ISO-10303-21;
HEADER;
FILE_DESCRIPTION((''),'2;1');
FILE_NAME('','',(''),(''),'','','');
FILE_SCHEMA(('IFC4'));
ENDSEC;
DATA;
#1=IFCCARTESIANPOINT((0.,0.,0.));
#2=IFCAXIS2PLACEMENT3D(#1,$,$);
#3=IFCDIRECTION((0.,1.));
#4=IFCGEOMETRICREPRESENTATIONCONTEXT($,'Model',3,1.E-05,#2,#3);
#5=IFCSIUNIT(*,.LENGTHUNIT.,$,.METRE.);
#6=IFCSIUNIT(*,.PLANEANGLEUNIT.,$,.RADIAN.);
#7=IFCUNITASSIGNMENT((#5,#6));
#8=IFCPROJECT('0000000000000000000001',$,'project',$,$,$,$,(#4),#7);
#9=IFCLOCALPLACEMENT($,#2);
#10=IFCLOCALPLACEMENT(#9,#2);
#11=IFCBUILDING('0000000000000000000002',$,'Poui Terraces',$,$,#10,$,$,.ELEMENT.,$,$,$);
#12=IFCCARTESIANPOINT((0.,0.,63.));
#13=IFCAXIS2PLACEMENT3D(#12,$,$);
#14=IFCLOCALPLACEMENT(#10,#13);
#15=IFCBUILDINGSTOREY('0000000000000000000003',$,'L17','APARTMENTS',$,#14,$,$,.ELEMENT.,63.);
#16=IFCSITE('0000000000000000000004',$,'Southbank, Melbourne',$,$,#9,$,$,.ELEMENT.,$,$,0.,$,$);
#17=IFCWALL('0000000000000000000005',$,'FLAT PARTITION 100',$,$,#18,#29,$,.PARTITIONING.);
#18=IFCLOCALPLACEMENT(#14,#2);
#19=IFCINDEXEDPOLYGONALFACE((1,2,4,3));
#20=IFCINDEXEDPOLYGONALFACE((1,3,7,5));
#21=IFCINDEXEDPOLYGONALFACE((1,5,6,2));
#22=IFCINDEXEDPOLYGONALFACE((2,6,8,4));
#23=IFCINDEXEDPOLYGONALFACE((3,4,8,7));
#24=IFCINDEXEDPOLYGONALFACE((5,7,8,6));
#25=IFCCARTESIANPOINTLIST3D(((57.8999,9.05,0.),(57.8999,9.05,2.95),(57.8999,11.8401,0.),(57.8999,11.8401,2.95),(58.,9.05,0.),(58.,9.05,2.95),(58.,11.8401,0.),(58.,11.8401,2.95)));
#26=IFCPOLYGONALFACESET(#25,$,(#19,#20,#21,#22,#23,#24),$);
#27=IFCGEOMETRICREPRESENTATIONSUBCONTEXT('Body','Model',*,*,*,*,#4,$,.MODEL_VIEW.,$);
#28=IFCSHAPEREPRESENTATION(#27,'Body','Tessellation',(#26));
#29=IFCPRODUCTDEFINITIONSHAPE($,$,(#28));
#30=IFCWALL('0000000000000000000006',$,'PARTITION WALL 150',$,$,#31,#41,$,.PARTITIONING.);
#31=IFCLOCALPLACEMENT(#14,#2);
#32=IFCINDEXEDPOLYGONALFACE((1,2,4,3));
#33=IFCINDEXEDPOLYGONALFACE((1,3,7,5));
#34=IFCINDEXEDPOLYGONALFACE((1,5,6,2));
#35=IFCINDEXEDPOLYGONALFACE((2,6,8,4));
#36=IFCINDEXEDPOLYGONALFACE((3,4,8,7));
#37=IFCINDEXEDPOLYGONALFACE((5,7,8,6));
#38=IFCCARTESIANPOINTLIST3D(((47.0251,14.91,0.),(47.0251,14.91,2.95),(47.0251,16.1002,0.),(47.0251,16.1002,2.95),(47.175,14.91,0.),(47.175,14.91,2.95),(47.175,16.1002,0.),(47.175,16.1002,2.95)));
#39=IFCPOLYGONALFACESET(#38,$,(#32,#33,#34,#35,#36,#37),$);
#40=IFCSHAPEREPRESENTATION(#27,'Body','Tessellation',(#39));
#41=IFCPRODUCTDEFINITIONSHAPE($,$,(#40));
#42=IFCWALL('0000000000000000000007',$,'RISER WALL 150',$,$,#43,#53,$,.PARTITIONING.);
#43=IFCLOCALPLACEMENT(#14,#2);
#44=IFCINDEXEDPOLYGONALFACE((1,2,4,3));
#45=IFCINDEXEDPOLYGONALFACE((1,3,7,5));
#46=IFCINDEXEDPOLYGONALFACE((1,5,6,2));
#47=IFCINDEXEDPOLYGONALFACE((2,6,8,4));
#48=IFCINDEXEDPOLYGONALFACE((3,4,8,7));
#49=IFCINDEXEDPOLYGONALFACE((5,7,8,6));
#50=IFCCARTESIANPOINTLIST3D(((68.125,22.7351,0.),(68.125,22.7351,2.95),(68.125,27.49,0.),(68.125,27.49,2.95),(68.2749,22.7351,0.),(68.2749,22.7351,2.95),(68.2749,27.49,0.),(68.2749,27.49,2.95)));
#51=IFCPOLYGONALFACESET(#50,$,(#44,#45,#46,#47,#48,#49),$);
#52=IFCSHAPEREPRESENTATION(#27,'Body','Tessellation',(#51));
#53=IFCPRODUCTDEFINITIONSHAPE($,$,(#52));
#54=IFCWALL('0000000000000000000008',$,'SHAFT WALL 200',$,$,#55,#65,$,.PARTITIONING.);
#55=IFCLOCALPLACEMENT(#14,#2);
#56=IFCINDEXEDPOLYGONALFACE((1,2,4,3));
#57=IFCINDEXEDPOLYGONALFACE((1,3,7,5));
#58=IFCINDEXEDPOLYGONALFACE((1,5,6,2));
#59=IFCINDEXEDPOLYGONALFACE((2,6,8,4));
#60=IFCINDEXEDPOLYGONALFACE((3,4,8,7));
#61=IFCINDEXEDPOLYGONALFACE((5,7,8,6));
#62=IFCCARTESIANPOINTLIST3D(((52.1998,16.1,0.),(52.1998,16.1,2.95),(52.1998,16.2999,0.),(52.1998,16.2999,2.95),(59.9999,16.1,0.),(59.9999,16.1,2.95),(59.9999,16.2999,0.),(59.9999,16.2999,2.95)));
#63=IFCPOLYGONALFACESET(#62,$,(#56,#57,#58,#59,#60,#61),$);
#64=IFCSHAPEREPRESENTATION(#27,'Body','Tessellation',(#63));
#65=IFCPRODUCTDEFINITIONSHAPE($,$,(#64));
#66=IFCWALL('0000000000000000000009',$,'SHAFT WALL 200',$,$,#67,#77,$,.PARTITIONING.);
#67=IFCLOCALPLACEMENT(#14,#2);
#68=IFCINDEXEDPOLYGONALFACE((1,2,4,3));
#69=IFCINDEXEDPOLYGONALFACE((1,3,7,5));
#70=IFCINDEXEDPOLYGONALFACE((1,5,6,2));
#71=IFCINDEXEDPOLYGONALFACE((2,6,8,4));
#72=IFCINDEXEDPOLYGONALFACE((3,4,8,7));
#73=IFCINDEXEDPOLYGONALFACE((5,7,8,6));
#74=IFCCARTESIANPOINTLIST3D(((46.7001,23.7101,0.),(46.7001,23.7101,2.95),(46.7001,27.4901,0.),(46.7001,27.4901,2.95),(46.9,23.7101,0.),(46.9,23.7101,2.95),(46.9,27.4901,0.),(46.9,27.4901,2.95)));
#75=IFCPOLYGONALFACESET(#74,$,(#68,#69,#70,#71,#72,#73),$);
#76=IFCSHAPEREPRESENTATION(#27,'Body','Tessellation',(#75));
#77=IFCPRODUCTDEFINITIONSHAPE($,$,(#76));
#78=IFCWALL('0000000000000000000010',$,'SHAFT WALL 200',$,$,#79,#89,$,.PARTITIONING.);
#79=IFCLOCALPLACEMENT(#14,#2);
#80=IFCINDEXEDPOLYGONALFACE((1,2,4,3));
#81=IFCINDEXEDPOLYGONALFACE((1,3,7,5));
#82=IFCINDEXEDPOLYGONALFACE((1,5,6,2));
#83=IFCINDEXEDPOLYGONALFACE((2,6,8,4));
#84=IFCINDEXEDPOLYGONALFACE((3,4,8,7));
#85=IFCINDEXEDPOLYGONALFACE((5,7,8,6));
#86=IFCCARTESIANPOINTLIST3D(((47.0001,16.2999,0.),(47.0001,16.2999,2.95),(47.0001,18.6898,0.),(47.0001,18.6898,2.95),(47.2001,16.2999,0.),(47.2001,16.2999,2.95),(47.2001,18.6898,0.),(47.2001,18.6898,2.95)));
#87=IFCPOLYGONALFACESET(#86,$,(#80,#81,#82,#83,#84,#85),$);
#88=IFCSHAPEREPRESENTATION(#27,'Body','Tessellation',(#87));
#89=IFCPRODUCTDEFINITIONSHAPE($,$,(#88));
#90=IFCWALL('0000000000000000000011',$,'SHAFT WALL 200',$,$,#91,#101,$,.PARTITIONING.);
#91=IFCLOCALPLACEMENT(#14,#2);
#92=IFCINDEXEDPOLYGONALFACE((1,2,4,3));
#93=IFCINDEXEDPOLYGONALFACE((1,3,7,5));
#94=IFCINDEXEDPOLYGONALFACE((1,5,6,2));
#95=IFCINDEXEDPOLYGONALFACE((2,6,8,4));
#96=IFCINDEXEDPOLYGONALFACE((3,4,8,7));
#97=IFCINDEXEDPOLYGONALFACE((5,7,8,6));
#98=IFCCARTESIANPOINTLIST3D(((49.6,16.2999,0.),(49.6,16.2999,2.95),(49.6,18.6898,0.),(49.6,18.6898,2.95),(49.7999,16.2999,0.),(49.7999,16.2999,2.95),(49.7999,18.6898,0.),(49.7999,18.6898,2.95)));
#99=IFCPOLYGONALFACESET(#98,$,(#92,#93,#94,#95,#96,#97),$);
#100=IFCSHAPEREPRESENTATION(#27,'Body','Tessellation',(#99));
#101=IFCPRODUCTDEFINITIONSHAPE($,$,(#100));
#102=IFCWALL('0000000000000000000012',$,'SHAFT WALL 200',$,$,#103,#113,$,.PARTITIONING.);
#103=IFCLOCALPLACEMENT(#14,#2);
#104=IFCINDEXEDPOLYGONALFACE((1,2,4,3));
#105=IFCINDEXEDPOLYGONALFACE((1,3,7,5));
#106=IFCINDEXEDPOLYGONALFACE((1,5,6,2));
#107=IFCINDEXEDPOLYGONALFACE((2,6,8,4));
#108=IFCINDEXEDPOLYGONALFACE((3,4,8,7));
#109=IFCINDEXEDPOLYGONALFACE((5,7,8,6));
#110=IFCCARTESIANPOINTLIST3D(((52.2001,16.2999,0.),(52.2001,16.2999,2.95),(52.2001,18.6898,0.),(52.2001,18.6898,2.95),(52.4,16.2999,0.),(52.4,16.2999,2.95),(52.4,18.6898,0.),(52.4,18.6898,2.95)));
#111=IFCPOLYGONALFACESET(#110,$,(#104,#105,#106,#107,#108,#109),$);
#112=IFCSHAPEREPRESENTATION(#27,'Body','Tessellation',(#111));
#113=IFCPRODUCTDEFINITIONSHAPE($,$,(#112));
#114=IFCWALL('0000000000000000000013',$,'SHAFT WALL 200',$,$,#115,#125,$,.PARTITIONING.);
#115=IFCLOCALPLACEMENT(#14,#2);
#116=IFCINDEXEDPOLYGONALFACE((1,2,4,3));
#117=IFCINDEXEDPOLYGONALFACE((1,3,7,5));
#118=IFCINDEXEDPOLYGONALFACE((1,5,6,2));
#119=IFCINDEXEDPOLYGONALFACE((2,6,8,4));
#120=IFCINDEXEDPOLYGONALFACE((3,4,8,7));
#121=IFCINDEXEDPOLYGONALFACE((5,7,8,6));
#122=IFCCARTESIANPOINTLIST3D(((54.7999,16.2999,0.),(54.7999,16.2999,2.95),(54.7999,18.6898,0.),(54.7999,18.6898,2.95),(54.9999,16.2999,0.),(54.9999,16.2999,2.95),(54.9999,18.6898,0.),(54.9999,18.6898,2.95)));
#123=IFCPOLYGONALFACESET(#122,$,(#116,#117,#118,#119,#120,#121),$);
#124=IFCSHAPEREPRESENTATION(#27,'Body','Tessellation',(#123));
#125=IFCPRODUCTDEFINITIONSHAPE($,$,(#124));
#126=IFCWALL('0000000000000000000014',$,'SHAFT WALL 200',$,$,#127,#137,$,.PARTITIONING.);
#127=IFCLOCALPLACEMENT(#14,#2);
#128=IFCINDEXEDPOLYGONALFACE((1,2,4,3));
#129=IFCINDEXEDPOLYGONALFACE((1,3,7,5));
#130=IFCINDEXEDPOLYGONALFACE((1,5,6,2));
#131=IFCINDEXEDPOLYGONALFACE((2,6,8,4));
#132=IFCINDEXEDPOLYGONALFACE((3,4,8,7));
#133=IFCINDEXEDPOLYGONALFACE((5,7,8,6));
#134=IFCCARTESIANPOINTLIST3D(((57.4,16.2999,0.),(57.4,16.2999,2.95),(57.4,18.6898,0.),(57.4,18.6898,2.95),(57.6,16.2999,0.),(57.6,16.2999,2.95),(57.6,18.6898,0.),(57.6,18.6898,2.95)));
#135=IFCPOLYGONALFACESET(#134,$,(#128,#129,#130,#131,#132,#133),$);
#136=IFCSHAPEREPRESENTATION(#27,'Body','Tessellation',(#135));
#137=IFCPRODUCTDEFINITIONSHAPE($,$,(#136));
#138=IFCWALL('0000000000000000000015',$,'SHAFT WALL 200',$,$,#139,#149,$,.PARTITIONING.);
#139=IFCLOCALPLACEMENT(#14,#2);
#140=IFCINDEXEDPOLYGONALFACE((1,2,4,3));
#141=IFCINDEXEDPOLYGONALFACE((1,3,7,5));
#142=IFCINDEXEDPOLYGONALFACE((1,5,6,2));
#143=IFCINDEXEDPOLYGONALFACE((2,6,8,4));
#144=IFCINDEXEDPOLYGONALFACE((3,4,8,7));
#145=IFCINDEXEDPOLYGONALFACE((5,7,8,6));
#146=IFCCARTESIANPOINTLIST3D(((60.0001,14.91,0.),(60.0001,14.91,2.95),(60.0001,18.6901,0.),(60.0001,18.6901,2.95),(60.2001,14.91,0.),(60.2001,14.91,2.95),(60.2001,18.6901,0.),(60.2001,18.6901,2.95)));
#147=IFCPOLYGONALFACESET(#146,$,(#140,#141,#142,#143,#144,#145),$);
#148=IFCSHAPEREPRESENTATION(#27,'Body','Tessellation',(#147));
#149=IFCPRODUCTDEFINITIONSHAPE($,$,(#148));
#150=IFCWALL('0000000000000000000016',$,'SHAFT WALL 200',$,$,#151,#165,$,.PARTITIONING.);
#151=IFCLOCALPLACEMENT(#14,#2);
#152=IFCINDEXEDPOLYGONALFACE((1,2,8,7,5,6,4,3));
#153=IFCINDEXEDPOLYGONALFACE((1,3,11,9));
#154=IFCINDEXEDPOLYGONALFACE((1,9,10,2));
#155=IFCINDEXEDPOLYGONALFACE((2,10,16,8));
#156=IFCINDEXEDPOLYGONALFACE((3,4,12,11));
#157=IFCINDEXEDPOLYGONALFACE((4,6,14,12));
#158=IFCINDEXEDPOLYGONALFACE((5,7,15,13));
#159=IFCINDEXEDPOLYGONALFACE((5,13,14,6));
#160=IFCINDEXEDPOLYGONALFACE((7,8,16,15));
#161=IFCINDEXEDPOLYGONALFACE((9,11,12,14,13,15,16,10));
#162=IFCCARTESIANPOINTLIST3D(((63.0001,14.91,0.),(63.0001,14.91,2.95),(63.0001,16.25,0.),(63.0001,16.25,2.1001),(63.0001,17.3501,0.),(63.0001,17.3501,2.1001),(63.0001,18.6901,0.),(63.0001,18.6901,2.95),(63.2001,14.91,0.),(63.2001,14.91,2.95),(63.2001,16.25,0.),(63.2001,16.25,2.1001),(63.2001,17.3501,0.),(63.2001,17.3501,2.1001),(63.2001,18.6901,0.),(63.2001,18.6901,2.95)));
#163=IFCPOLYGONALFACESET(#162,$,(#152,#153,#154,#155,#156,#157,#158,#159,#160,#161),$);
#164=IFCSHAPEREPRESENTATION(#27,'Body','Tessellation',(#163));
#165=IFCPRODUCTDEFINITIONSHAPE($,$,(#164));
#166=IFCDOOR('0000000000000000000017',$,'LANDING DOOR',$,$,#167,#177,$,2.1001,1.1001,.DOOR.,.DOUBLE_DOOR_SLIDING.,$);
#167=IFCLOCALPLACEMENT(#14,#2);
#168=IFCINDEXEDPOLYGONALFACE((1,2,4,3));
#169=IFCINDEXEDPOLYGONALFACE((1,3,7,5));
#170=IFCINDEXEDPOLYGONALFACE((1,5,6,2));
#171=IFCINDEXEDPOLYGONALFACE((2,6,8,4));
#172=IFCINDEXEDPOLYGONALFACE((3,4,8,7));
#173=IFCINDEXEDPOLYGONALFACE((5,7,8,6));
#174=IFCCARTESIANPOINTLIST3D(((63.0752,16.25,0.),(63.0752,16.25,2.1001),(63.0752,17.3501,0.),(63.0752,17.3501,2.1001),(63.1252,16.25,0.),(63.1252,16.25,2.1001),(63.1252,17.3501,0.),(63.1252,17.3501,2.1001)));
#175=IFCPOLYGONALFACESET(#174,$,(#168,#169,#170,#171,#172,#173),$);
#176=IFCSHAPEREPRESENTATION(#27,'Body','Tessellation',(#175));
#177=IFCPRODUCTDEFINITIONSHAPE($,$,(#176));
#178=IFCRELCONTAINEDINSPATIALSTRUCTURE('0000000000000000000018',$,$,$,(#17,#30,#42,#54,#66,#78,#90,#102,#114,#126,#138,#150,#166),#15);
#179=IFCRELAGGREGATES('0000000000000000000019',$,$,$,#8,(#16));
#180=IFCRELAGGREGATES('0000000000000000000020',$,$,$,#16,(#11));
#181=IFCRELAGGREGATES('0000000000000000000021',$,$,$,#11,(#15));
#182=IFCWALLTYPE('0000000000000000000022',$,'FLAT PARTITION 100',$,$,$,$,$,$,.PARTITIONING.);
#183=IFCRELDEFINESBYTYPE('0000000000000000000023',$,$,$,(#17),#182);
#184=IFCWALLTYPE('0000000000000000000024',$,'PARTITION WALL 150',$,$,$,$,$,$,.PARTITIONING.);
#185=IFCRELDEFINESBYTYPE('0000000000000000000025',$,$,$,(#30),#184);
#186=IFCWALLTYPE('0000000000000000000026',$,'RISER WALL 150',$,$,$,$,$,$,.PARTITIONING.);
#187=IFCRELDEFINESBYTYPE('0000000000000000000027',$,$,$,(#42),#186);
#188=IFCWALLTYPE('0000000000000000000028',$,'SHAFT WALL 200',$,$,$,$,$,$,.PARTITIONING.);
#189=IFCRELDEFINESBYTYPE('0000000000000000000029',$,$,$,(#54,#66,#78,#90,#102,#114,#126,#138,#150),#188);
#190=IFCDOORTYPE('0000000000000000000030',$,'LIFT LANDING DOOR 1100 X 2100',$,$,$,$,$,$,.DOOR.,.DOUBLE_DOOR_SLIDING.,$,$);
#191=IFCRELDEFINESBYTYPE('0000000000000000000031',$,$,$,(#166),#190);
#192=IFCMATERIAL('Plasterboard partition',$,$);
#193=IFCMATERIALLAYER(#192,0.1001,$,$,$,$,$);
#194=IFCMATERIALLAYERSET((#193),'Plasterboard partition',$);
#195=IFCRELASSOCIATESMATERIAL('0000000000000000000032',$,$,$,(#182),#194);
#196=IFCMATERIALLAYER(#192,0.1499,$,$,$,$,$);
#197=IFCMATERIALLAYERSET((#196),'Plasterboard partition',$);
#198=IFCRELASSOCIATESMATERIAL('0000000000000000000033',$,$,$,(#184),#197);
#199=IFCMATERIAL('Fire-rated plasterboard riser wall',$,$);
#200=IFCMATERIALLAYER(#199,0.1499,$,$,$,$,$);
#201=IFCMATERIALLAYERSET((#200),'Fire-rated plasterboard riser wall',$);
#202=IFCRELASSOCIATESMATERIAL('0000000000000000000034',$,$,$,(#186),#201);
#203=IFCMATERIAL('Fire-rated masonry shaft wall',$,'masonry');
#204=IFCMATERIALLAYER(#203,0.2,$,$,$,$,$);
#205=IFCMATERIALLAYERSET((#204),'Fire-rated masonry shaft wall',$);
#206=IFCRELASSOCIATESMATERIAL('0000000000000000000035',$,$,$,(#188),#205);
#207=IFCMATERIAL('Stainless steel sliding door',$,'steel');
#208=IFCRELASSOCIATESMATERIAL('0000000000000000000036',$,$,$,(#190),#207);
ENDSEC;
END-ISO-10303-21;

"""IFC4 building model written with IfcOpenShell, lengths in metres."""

from ifc_helpers import new_model, si_unit, direction, frame, frame_2d, origin, place, context, subcontext, project, spatial, rectangle, extrude, material, layer, layer_set, type_object, element, fill, save


model = new_model("IFC4")

# Units and contexts
model_context = context("Model", 3, precision=1e-05, world=origin(), true_north=direction((0.0, 1.0)))
body_context = subcontext(model_context, "Body", "Model", "MODEL_VIEW")
ifc_project = project(units=[si_unit("LENGTHUNIT", "METRE"), si_unit("PLANEANGLEUNIT", "RADIAN")], contexts=[model_context])

# Site, building, storey
site_placement = place(None, origin())
site = spatial("IfcSite", under=ifc_project, at=site_placement, Name="Southbank, Melbourne", CompositionType="ELEMENT", RefElevation=0.0)
building_placement = place(site_placement, origin())
building = spatial("IfcBuilding", under=site, at=building_placement, Name="Poui Terraces", CompositionType="ELEMENT")
storey_placement = place(building_placement, frame((0.0, 0.0, 63.0)))
storey = spatial("IfcBuildingStorey", under=building, at=storey_placement, Name="L17", Description="APARTMENTS", CompositionType="ELEMENT", Elevation=63.0)

# Walls
ifc_material_1 = material(Name="Plasterboard partition")
ifc_layer_1 = layer(ifc_material_1, 0.1001)
ifc_layer_set_1 = layer_set([ifc_layer_1], Name="Plasterboard partition")
wall_type_1 = type_object("IfcWallType", Name="FLAT PARTITION 100", PredefinedType="PARTITIONING", material=ifc_layer_set_1)
wall_1_placement = place(storey_placement, frame((57.95, 9.05, 0.0), z_axis=(0.0, 0.0, 1.0), x_axis=(0.0, 1.0, 0.0)))
element("IfcWall", 1, at=wall_1_placement, inside=storey, type_object=wall_type_1, Name="FLAT PARTITION 100", PredefinedType="PARTITIONING", context=body_context, shape_type="SweptSolid", body=[
    extrude(rectangle(XDim=2.79, YDim=0.1001, at=frame_2d((1.395, 0.0))), origin(), (0.0, 0.0, 1.0), 2.95),
])
ifc_layer_2 = layer(ifc_material_1, 0.1499)
ifc_layer_set_2 = layer_set([ifc_layer_2], Name="Plasterboard partition")
wall_type_2 = type_object("IfcWallType", Name="PARTITION WALL 150", PredefinedType="PARTITIONING", material=ifc_layer_set_2)
wall_2_placement = place(storey_placement, frame((47.1001, 14.9099, 0.0), z_axis=(0.0, 0.0, 1.0), x_axis=(0.0, 1.0, 0.0)))
element("IfcWall", 2, at=wall_2_placement, inside=storey, type_object=wall_type_2, Name="PARTITION WALL 150", PredefinedType="PARTITIONING", context=body_context, shape_type="SweptSolid", body=[
    extrude(rectangle(XDim=1.1902, YDim=0.1499, at=frame_2d((0.5952, 0.0))), origin(), (0.0, 0.0, 1.0), 2.95),
])
ifc_material_2 = material(Name="Fire-rated plasterboard riser wall")
ifc_layer_3 = layer(ifc_material_2, 0.1499)
ifc_layer_set_3 = layer_set([ifc_layer_3], Name="Fire-rated plasterboard riser wall")
wall_type_3 = type_object("IfcWallType", Name="RISER WALL 150", PredefinedType="PARTITIONING", material=ifc_layer_set_3)
wall_3_placement = place(storey_placement, frame((68.2, 22.7351, 0.0), z_axis=(0.0, 0.0, 1.0), x_axis=(0.0, 1.0, 0.0)))
element("IfcWall", 3, at=wall_3_placement, inside=storey, type_object=wall_type_3, Name="RISER WALL 150", PredefinedType="PARTITIONING", context=body_context, shape_type="SweptSolid", body=[
    extrude(rectangle(XDim=4.7549, YDim=0.1499, at=frame_2d((2.3774, 0.0))), origin(), (0.0, 0.0, 1.0), 2.95),
])
ifc_material_3 = material(Name="Fire-rated masonry shaft wall", Category="masonry")
ifc_layer_4 = layer(ifc_material_3, 0.2)
ifc_layer_set_4 = layer_set([ifc_layer_4], Name="Fire-rated masonry shaft wall")
wall_type_4 = type_object("IfcWallType", Name="SHAFT WALL 200", PredefinedType="PARTITIONING", material=ifc_layer_set_4)
wall_4_placement = place(storey_placement, frame((52.2, 16.2, 0.0), z_axis=(0.0, 0.0, 1.0), x_axis=(1.0, 0.0, 0.0)))
element("IfcWall", 4, at=wall_4_placement, inside=storey, type_object=wall_type_4, Name="SHAFT WALL 200", PredefinedType="PARTITIONING", context=body_context, shape_type="SweptSolid", body=[
    extrude(rectangle(XDim=7.8, YDim=0.2, at=frame_2d((3.8999, 0.0))), origin(), (0.0, 0.0, 1.0), 2.95),
])
wall_5_placement = place(storey_placement, frame((46.8, 23.71, 0.0), z_axis=(0.0, 0.0, 1.0), x_axis=(0.0, 1.0, 0.0)))
element("IfcWall", 5, at=wall_5_placement, inside=storey, type_object=wall_type_4, Name="SHAFT WALL 200", PredefinedType="PARTITIONING", context=body_context, shape_type="SweptSolid", body=[
    extrude(rectangle(XDim=3.78, YDim=0.2, at=frame_2d((1.8901, 0.0))), origin(), (0.0, 0.0, 1.0), 2.95),
])
for number, where, z_axis, x_axis, name in (
    (6, (47.1001, 16.3, 0.0), (0.0, 0.0, 1.0), (0.0, 1.0, 0.0), "SHAFT WALL 200"),
    (7, (49.7, 16.3, 0.0), (0.0, 0.0, 1.0), (0.0, 1.0, 0.0), "SHAFT WALL 200"),
    (8, (52.3, 16.3, 0.0), (0.0, 0.0, 1.0), (0.0, 1.0, 0.0), "SHAFT WALL 200"),
    (9, (54.8999, 16.3, 0.0), (0.0, 0.0, 1.0), (0.0, 1.0, 0.0), "SHAFT WALL 200"),
    (10, (57.5, 16.3, 0.0), (0.0, 0.0, 1.0), (0.0, 1.0, 0.0), "SHAFT WALL 200"),
):
    element("IfcWall", number, at=place(storey_placement, frame(where, z_axis=z_axis, x_axis=x_axis)), inside=storey, type_object=wall_type_4, Name=name, PredefinedType="PARTITIONING", context=body_context, shape_type="SweptSolid", body=[
        extrude(rectangle(XDim=2.3899, YDim=0.2, at=frame_2d((1.1948, 0.0))), origin(), (0.0, 0.0, 1.0), 2.95),
    ])
wall_6_placement = place(storey_placement, frame((60.1001, 14.9099, 0.0), z_axis=(0.0, 0.0, 1.0), x_axis=(0.0, 1.0, 0.0)))
element("IfcWall", 11, at=wall_6_placement, inside=storey, type_object=wall_type_4, Name="SHAFT WALL 200", PredefinedType="PARTITIONING", context=body_context, shape_type="SweptSolid", body=[
    extrude(rectangle(XDim=3.78, YDim=0.2, at=frame_2d((1.8901, 0.0))), origin(), (0.0, 0.0, 1.0), 2.95),
])

# Wall, opening, door
wall_7_placement = place(storey_placement, frame((63.1001, 14.9099, 0.0), z_axis=(0.0, 0.0, 1.0), x_axis=(0.0, 1.0, 0.0)))
wall_7 = element("IfcWall", 12, at=wall_7_placement, inside=storey, type_object=wall_type_4, Name="SHAFT WALL 200", PredefinedType="PARTITIONING", context=body_context, shape_type="SweptSolid", body=[
    extrude(rectangle(XDim=3.78, YDim=0.2, at=frame_2d((1.8901, 0.0))), origin(), (0.0, 0.0, 1.0), 2.95),
])
opening_1_placement = place(wall_7_placement, frame((1.3401, 0.0, 0.0)))
opening_1 = element("IfcOpeningElement", 13, at=opening_1_placement, cuts=wall_7, PredefinedType="OPENING", context=body_context, shape_type="SweptSolid", body=[
    extrude(rectangle(XDim=1.1001, YDim=2.1001, at=frame_2d((0.55, 1.05))), frame((0.0, 0.1099, 0.0), z_axis=(0.0, -1.0, 0.0), x_axis=(1.0, 0.0, 0.0)), (0.0, 0.0, 1.0), 0.22),
])
ifc_material_4 = material(Name="Stainless steel sliding door", Category="steel")
door_type_1 = type_object("IfcDoorType", Name="LIFT LANDING DOOR 1100 X 2100", OperationType="DOUBLE_DOOR_SLIDING", PredefinedType="DOOR", material=ifc_material_4)
door_1_placement = place(opening_1_placement, origin())
door_1 = element("IfcDoor", 14, at=door_1_placement, inside=storey, type_object=door_type_1, Name="LANDING DOOR", OperationType="DOUBLE_DOOR_SLIDING", OverallHeight=2.1001, OverallWidth=1.1001, PredefinedType="DOOR", context=body_context, shape_type="SweptSolid", body=[
    extrude(rectangle(XDim=1.1001, YDim=2.1001, at=frame_2d((0.55, 1.05))), frame((0.0, 0.0249, 0.0), z_axis=(0.0, -1.0, 0.0), x_axis=(1.0, 0.0, 0.0)), (0.0, 0.0, 1.0), 0.05),
])
fill(opening_1, door_1)

save(model, "model.ifc")
